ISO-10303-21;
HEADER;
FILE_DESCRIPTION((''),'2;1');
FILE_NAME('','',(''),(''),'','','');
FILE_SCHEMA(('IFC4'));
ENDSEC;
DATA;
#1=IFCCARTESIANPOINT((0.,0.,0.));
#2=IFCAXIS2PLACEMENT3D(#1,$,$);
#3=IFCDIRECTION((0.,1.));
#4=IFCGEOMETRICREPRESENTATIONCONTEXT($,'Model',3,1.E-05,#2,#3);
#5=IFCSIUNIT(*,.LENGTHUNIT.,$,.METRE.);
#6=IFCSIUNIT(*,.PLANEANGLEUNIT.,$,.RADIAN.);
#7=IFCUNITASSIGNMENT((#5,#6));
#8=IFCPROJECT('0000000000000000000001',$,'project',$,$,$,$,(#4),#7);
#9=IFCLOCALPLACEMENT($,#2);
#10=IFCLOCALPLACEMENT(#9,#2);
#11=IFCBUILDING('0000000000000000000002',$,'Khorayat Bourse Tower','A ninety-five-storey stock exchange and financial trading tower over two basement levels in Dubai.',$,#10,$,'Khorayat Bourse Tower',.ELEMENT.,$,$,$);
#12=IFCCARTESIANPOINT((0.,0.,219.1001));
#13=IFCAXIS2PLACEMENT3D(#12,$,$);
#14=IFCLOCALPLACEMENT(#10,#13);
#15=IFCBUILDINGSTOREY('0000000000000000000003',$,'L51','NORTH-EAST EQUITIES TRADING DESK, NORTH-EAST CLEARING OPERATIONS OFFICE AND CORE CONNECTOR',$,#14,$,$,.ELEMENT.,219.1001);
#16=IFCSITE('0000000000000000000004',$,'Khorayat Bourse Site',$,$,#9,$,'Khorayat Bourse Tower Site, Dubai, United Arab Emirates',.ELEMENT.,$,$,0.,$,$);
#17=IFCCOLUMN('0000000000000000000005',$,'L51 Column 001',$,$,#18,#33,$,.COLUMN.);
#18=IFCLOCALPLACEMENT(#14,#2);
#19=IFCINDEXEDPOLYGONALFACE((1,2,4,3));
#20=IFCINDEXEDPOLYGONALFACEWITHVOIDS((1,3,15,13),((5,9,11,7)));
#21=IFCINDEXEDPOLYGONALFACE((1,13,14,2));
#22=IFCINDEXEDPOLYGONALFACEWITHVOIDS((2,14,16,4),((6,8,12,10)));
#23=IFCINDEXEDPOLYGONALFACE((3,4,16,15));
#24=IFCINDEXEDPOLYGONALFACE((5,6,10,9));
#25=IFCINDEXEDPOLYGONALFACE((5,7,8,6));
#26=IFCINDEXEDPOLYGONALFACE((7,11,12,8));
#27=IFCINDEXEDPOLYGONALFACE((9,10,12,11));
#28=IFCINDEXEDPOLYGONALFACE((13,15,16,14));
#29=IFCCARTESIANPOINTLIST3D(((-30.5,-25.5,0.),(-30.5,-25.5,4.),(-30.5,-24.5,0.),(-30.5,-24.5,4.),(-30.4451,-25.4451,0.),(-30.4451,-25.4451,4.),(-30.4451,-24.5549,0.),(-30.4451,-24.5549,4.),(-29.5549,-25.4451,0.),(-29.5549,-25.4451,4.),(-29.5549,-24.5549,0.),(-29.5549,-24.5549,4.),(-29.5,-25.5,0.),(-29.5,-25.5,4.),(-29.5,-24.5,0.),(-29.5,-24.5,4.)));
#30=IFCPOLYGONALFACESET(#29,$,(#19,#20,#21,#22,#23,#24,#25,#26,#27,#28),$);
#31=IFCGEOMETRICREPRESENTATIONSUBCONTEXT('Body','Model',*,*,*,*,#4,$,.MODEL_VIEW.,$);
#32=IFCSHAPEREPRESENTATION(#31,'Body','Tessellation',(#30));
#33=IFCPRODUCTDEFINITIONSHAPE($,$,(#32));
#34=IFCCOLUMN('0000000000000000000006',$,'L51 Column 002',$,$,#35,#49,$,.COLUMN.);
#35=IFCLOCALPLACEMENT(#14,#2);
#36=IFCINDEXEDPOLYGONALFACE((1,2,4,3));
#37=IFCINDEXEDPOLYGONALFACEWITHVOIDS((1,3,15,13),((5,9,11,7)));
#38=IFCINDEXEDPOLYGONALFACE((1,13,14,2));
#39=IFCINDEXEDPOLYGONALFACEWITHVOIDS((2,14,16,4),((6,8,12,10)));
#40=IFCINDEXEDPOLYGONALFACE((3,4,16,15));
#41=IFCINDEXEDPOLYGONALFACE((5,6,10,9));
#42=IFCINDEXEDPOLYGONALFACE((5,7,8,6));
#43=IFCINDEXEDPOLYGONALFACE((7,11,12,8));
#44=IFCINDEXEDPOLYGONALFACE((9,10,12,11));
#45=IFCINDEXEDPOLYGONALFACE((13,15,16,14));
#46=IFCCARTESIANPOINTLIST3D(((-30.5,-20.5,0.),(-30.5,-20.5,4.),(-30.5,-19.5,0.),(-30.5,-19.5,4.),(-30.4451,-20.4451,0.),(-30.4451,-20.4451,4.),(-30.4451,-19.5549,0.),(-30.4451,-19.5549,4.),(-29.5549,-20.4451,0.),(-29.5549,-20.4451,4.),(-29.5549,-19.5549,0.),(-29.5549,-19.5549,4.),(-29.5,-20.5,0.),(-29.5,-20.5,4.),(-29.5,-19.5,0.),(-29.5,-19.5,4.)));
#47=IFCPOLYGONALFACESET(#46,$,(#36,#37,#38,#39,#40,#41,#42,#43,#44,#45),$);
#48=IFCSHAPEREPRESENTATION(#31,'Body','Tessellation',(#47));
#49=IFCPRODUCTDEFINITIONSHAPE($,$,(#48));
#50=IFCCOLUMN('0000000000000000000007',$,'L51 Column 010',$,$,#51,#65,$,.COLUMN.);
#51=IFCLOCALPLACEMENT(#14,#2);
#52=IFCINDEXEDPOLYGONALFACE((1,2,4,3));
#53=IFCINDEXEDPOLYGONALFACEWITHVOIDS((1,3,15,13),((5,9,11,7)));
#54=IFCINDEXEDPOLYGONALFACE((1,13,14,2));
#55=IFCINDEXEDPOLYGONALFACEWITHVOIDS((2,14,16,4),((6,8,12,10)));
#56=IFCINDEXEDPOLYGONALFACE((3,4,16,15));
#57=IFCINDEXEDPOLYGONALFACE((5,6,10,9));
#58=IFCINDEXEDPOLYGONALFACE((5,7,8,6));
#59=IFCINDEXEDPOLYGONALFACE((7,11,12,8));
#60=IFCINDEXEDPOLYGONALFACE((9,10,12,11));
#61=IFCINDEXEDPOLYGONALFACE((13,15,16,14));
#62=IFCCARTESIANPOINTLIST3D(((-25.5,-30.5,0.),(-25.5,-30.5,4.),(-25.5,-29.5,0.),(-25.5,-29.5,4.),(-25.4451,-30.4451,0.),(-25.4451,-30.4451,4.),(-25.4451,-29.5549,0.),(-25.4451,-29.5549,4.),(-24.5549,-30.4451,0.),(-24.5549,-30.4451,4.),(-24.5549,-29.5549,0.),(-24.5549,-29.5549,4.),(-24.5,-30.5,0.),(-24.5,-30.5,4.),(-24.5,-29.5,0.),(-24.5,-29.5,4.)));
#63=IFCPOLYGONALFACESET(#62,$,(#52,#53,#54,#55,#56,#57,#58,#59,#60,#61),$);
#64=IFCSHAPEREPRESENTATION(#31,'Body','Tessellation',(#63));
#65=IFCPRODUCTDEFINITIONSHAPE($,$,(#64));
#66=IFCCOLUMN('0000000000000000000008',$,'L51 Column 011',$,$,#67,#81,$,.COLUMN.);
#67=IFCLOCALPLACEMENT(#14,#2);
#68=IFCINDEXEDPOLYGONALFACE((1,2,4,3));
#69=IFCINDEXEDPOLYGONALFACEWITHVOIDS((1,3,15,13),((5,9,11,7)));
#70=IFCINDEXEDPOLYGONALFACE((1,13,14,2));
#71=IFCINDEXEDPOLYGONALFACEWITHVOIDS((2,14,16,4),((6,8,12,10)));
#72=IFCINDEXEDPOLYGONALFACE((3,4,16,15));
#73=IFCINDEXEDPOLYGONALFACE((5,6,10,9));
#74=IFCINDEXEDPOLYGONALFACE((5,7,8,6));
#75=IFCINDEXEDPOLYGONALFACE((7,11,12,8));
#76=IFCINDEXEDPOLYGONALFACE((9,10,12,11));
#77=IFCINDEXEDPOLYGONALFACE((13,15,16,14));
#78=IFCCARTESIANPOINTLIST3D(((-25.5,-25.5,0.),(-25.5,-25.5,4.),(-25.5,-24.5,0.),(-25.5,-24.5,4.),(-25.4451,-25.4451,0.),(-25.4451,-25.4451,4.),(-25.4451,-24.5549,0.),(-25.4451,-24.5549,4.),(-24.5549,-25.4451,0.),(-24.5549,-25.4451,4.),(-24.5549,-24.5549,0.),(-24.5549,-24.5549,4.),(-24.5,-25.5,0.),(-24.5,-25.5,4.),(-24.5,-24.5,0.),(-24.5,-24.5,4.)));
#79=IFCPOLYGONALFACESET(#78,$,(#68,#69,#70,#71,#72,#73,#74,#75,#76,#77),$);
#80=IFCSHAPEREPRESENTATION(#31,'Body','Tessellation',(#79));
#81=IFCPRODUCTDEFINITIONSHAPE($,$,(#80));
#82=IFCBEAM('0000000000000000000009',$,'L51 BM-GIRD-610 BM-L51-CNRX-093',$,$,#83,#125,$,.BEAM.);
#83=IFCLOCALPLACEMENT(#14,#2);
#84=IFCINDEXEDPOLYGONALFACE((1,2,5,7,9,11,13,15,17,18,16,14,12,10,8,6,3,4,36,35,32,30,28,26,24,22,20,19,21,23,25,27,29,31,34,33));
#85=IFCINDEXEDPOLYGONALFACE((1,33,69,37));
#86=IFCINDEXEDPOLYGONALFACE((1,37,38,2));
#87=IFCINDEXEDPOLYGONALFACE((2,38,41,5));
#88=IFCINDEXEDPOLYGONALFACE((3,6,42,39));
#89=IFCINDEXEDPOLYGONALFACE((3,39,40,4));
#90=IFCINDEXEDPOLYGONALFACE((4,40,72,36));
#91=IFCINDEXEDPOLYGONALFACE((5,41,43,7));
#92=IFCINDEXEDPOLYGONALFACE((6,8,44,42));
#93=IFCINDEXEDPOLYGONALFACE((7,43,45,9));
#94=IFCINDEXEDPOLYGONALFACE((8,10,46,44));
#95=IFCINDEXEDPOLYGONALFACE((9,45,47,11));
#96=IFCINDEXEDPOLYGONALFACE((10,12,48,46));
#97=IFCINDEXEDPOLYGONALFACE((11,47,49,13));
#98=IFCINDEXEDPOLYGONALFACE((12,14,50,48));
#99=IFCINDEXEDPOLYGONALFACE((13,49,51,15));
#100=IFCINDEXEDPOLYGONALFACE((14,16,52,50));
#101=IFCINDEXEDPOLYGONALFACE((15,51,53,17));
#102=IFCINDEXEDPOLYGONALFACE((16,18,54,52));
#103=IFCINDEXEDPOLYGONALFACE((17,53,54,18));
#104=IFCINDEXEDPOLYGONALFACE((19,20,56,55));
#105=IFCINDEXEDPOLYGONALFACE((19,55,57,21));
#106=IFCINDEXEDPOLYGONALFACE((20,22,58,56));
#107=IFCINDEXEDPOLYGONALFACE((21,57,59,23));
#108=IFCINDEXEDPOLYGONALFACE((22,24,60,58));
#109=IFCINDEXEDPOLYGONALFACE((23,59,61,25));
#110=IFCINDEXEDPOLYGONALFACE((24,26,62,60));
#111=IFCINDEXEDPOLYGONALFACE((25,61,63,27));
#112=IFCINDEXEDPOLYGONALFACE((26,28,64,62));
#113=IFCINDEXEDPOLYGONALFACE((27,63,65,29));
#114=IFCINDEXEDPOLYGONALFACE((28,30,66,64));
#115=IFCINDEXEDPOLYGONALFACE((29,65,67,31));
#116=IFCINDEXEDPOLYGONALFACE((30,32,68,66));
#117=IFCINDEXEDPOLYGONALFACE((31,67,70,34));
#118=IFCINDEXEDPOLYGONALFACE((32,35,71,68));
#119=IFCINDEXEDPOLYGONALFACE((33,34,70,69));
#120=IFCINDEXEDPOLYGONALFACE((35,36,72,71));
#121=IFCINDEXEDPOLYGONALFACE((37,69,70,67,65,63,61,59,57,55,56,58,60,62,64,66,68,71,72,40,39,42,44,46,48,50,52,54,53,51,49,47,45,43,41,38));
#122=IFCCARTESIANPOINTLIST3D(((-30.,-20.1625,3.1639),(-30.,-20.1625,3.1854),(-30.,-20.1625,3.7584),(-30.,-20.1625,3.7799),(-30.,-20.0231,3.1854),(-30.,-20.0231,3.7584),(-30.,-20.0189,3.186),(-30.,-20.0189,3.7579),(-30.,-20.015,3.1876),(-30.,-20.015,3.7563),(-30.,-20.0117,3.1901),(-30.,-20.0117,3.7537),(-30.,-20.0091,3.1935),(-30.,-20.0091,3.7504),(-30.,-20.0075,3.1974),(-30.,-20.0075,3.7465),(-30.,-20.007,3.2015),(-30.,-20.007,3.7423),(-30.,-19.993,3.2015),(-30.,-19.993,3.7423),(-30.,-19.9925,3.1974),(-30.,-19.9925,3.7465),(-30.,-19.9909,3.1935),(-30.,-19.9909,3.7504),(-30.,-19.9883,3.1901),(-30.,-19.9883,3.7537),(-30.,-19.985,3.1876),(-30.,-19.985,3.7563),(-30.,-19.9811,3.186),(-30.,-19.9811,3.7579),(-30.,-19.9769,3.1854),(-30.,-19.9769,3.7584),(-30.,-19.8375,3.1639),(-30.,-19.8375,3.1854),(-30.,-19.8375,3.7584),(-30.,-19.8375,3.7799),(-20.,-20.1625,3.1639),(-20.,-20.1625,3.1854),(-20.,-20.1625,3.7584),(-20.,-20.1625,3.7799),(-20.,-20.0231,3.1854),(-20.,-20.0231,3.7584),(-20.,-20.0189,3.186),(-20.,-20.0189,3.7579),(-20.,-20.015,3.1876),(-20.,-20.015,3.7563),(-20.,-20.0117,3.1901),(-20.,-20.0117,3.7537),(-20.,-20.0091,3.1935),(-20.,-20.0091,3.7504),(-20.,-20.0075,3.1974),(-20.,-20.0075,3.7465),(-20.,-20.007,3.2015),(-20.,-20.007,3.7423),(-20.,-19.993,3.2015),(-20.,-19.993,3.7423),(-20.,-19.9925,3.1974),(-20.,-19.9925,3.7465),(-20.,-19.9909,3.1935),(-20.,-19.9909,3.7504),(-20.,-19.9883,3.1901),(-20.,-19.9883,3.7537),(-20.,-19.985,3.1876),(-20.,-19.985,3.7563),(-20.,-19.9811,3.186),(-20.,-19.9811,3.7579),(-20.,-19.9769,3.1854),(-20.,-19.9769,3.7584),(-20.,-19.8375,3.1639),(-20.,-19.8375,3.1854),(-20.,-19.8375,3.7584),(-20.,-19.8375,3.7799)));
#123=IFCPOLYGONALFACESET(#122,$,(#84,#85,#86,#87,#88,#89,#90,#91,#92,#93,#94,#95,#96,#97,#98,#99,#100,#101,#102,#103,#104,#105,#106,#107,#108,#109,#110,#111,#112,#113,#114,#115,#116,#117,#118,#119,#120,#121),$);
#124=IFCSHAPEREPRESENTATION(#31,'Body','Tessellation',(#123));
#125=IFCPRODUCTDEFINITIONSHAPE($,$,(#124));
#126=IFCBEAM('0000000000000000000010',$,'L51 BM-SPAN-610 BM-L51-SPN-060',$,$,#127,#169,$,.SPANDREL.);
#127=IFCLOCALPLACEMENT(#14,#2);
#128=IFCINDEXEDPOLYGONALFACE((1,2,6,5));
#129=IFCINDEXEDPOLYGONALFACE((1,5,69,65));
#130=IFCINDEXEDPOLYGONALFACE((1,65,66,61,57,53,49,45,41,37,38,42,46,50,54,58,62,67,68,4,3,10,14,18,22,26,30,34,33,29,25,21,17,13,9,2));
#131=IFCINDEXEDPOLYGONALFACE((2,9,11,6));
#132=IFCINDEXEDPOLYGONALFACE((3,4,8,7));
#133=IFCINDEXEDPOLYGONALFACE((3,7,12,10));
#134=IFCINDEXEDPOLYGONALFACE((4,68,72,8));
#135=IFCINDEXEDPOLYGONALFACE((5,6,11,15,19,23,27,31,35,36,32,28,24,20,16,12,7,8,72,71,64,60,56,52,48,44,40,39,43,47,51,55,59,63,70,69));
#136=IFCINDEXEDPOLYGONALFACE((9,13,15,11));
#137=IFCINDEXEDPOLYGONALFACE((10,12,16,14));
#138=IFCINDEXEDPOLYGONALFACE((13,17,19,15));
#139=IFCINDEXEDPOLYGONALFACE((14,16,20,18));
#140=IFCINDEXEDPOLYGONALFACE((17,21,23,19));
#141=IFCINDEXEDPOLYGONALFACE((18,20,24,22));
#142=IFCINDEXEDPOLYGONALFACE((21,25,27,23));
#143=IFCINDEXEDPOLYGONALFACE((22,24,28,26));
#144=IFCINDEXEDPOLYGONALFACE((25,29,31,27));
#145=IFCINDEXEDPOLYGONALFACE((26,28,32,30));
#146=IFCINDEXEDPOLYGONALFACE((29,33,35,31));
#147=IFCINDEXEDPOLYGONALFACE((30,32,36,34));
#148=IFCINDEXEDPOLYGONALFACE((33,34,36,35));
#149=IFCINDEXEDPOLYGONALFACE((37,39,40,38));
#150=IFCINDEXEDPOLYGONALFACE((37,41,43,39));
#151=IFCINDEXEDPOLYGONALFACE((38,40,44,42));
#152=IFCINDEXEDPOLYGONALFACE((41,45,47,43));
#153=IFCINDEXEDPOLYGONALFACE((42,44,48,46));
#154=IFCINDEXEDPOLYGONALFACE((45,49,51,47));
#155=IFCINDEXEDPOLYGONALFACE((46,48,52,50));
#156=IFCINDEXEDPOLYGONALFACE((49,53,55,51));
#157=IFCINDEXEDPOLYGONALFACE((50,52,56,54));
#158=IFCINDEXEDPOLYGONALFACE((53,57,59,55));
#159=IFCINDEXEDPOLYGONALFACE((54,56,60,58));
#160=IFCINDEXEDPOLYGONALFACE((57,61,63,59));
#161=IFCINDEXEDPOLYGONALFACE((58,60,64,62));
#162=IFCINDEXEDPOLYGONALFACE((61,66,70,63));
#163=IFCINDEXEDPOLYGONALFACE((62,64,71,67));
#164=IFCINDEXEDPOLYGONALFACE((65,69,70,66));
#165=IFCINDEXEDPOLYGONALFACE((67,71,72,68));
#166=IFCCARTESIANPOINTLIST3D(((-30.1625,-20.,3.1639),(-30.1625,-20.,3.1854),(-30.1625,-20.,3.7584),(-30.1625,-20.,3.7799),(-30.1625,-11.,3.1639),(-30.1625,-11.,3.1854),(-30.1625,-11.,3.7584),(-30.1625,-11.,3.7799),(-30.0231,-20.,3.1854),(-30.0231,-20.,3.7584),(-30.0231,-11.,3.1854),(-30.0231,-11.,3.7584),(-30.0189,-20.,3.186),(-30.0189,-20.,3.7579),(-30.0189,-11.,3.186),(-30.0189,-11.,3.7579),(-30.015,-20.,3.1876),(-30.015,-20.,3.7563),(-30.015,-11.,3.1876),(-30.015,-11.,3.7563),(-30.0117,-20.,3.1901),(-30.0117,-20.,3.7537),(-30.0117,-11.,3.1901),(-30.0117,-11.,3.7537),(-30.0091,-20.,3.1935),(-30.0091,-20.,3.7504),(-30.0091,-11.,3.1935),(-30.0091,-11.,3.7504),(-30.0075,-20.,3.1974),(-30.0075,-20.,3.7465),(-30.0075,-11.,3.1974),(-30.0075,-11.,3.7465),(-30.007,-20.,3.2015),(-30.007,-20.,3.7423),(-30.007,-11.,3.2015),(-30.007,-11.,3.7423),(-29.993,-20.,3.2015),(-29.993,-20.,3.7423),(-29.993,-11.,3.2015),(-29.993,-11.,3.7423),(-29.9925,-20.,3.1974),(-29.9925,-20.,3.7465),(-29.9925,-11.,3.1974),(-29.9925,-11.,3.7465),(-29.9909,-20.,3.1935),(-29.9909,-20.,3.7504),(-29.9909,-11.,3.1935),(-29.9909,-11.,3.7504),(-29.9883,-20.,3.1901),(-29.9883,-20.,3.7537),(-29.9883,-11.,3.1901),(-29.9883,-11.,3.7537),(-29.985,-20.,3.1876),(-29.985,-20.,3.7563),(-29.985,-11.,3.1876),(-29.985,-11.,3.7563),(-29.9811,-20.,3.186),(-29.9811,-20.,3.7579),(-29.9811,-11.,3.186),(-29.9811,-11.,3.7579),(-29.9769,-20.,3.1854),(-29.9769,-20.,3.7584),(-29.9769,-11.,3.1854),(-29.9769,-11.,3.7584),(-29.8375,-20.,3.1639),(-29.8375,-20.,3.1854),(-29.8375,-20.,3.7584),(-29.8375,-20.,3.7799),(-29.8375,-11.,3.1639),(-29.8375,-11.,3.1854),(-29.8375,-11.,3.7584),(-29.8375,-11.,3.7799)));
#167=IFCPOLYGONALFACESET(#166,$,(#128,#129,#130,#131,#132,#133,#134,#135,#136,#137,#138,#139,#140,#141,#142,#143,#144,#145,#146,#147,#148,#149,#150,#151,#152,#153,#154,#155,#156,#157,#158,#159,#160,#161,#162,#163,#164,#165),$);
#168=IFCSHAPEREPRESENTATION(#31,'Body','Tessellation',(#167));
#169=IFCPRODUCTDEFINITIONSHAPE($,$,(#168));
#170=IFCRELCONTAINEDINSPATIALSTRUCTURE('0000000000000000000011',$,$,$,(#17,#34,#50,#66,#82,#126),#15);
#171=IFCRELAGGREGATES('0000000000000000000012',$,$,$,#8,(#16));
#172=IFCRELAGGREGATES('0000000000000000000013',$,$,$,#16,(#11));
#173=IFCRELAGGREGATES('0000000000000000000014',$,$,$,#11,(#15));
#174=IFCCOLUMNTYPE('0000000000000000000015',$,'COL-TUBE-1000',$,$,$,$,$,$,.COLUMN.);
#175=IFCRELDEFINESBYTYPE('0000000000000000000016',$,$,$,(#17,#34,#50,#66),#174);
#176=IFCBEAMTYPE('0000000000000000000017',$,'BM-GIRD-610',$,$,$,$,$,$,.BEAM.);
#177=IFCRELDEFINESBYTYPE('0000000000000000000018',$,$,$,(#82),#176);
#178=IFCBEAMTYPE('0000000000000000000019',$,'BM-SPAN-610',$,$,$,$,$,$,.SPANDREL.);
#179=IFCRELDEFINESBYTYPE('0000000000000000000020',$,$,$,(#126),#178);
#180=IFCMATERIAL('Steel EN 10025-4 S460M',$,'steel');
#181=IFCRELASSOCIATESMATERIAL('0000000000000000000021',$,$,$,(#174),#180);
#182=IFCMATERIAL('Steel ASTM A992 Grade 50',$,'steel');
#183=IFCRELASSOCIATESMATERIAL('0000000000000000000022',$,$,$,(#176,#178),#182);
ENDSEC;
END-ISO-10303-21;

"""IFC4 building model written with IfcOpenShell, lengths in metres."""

from ifc_helpers import new_model, si_unit, direction, frame, origin, origin_2d, place, context, subcontext, project, spatial, hollow_rectangle, i_section, extrude, source, transform, mapped, material, material_profile, profile_set, type_object, element, save


model = new_model("IFC4")

# Units and contexts
model_context = context("Model", 3, precision=1e-05, world=origin(), true_north=direction((0.0, 1.0)))
body_context = subcontext(model_context, "Body", "Model", "MODEL_VIEW")
ifc_project = project(units=[si_unit("LENGTHUNIT", "METRE"), si_unit("PLANEANGLEUNIT", "RADIAN")], contexts=[model_context])

# Site, building, storey
site_placement = place(None, origin())
site = spatial("IfcSite", under=ifc_project, at=site_placement, Name="Khorayat Bourse Site", LongName="Khorayat Bourse Tower Site, Dubai, United Arab Emirates", CompositionType="ELEMENT", RefElevation=0.0)
building_placement = place(site_placement, origin())
building = spatial("IfcBuilding", under=site, at=building_placement, Name="Khorayat Bourse Tower", Description="A ninety-five-storey stock exchange and financial trading tower over two basement levels in Dubai.", LongName="Khorayat Bourse Tower", CompositionType="ELEMENT")
storey_placement = place(building_placement, frame((0.0, 0.0, 219.1001)))
storey = spatial("IfcBuildingStorey", under=building, at=storey_placement, Name="L51", Description="NORTH-EAST EQUITIES TRADING DESK, NORTH-EAST CLEARING OPERATIONS OFFICE AND CORE CONNECTOR", CompositionType="ELEMENT", Elevation=219.1001)

# Columns
ifc_material_1 = material(Name="Steel EN 10025-4 S460M", Category="steel")
ifc_material_profile_1 = material_profile(ifc_material_1, hollow_rectangle(XDim=1.0, YDim=1.0, WallThickness=0.0549, at=origin_2d()), Name="BOX 1000x1000x55")
ifc_profile_set_1 = profile_set([ifc_material_profile_1], Name="Steel EN 10025-4 S460M")
column_type = type_object("IfcColumnType", Name="COL-TUBE-1000", PredefinedType="COLUMN", material=ifc_profile_set_1)
shared_shape_1 = source(origin(), body_context, "Body", "SweptSolid", [
    extrude(hollow_rectangle(XDim=1.0, YDim=1.0, WallThickness=0.0549, at=origin_2d()), origin(), (0.0, 0.0, 1.0), 4.0),
])
for number, where, z_axis, x_axis, name in (
    (1, (-30.0, -25.0, 0.0), (0.0, 0.0, 1.0), (1.0, 0.0, 0.0), "L51 Column 001"),
    (2, (-30.0, -20.0, 0.0), (0.0, 0.0, 1.0), (1.0, 0.0, 0.0), "L51 Column 002"),
    (3, (-25.0, -30.0, 0.0), (0.0, 0.0, 1.0), (1.0, 0.0, 0.0), "L51 Column 010"),
    (4, (-25.0, -25.0, 0.0), (0.0, 0.0, 1.0), (1.0, 0.0, 0.0), "L51 Column 011"),
):
    element("IfcColumn", number, at=place(storey_placement, frame(where, z_axis=z_axis, x_axis=x_axis)), inside=storey, type_object=column_type, Name=name, PredefinedType="COLUMN", context=body_context, shape_type="MappedRepresentation", body=[
        mapped(shared_shape_1, transform((0.0, 0.0, 0.0), scale=1.0)),
    ])

# Beams
ifc_material_2 = material(Name="Steel ASTM A992 Grade 50", Category="steel")
ifc_material_profile_2 = material_profile(ifc_material_2, i_section(OverallWidth=0.325, OverallDepth=0.616, WebThickness=0.0139, FlangeThickness=0.0215, FilletRadius=0.0161, at=origin_2d()), Name="W610X174")
ifc_profile_set_2 = profile_set([ifc_material_profile_2], Name="Steel ASTM A992 Grade 50")
beam_type_1 = type_object("IfcBeamType", Name="BM-GIRD-610", PredefinedType="BEAM", material=ifc_profile_set_2)
shared_shape_2 = source(origin(), body_context, "Body", "SweptSolid", [
    extrude(i_section(OverallWidth=0.325, OverallDepth=0.616, WebThickness=0.0139, FlangeThickness=0.0215, FilletRadius=0.0161, at=origin_2d()), origin(), (0.0, 0.0, 1.0), 10.0),
])
beam_1_placement = place(storey_placement, frame((-30.0, -20.0, 3.4719), z_axis=(1.0, 0.0, 0.0), x_axis=(0.0, 1.0, 0.0)))
element("IfcBeam", 5, at=beam_1_placement, inside=storey, type_object=beam_type_1, Name="L51 BM-GIRD-610 BM-L51-CNRX-093", PredefinedType="BEAM", context=body_context, shape_type="MappedRepresentation", body=[
    mapped(shared_shape_2, transform((0.0, 0.0, 0.0), scale=1.0)),
])
ifc_material_profile_3 = material_profile(ifc_material_2, i_section(OverallWidth=0.325, OverallDepth=0.616, WebThickness=0.0139, FlangeThickness=0.0215, FilletRadius=0.0161, at=origin_2d()), Name="W610X174")
ifc_profile_set_3 = profile_set([ifc_material_profile_3], Name="Steel ASTM A992 Grade 50")
beam_type_2 = type_object("IfcBeamType", Name="BM-SPAN-610", PredefinedType="SPANDREL", material=ifc_profile_set_3)
shared_shape_3 = source(origin(), body_context, "Body", "SweptSolid", [
    extrude(i_section(OverallWidth=0.325, OverallDepth=0.616, WebThickness=0.0139, FlangeThickness=0.0215, FilletRadius=0.0161, at=origin_2d()), origin(), (0.0, 0.0, 1.0), 9.0),
])
beam_2_placement = place(storey_placement, frame((-30.0, -20.0, 3.4719), z_axis=(0.0, 1.0, 0.0), x_axis=(-1.0, 0.0, 0.0)))
element("IfcBeam", 6, at=beam_2_placement, inside=storey, type_object=beam_type_2, Name="L51 BM-SPAN-610 BM-L51-SPN-060", PredefinedType="SPANDREL", context=body_context, shape_type="MappedRepresentation", body=[
    mapped(shared_shape_3, transform((0.0, 0.0, 0.0), scale=1.0)),
])

save(model, "model.ifc")
